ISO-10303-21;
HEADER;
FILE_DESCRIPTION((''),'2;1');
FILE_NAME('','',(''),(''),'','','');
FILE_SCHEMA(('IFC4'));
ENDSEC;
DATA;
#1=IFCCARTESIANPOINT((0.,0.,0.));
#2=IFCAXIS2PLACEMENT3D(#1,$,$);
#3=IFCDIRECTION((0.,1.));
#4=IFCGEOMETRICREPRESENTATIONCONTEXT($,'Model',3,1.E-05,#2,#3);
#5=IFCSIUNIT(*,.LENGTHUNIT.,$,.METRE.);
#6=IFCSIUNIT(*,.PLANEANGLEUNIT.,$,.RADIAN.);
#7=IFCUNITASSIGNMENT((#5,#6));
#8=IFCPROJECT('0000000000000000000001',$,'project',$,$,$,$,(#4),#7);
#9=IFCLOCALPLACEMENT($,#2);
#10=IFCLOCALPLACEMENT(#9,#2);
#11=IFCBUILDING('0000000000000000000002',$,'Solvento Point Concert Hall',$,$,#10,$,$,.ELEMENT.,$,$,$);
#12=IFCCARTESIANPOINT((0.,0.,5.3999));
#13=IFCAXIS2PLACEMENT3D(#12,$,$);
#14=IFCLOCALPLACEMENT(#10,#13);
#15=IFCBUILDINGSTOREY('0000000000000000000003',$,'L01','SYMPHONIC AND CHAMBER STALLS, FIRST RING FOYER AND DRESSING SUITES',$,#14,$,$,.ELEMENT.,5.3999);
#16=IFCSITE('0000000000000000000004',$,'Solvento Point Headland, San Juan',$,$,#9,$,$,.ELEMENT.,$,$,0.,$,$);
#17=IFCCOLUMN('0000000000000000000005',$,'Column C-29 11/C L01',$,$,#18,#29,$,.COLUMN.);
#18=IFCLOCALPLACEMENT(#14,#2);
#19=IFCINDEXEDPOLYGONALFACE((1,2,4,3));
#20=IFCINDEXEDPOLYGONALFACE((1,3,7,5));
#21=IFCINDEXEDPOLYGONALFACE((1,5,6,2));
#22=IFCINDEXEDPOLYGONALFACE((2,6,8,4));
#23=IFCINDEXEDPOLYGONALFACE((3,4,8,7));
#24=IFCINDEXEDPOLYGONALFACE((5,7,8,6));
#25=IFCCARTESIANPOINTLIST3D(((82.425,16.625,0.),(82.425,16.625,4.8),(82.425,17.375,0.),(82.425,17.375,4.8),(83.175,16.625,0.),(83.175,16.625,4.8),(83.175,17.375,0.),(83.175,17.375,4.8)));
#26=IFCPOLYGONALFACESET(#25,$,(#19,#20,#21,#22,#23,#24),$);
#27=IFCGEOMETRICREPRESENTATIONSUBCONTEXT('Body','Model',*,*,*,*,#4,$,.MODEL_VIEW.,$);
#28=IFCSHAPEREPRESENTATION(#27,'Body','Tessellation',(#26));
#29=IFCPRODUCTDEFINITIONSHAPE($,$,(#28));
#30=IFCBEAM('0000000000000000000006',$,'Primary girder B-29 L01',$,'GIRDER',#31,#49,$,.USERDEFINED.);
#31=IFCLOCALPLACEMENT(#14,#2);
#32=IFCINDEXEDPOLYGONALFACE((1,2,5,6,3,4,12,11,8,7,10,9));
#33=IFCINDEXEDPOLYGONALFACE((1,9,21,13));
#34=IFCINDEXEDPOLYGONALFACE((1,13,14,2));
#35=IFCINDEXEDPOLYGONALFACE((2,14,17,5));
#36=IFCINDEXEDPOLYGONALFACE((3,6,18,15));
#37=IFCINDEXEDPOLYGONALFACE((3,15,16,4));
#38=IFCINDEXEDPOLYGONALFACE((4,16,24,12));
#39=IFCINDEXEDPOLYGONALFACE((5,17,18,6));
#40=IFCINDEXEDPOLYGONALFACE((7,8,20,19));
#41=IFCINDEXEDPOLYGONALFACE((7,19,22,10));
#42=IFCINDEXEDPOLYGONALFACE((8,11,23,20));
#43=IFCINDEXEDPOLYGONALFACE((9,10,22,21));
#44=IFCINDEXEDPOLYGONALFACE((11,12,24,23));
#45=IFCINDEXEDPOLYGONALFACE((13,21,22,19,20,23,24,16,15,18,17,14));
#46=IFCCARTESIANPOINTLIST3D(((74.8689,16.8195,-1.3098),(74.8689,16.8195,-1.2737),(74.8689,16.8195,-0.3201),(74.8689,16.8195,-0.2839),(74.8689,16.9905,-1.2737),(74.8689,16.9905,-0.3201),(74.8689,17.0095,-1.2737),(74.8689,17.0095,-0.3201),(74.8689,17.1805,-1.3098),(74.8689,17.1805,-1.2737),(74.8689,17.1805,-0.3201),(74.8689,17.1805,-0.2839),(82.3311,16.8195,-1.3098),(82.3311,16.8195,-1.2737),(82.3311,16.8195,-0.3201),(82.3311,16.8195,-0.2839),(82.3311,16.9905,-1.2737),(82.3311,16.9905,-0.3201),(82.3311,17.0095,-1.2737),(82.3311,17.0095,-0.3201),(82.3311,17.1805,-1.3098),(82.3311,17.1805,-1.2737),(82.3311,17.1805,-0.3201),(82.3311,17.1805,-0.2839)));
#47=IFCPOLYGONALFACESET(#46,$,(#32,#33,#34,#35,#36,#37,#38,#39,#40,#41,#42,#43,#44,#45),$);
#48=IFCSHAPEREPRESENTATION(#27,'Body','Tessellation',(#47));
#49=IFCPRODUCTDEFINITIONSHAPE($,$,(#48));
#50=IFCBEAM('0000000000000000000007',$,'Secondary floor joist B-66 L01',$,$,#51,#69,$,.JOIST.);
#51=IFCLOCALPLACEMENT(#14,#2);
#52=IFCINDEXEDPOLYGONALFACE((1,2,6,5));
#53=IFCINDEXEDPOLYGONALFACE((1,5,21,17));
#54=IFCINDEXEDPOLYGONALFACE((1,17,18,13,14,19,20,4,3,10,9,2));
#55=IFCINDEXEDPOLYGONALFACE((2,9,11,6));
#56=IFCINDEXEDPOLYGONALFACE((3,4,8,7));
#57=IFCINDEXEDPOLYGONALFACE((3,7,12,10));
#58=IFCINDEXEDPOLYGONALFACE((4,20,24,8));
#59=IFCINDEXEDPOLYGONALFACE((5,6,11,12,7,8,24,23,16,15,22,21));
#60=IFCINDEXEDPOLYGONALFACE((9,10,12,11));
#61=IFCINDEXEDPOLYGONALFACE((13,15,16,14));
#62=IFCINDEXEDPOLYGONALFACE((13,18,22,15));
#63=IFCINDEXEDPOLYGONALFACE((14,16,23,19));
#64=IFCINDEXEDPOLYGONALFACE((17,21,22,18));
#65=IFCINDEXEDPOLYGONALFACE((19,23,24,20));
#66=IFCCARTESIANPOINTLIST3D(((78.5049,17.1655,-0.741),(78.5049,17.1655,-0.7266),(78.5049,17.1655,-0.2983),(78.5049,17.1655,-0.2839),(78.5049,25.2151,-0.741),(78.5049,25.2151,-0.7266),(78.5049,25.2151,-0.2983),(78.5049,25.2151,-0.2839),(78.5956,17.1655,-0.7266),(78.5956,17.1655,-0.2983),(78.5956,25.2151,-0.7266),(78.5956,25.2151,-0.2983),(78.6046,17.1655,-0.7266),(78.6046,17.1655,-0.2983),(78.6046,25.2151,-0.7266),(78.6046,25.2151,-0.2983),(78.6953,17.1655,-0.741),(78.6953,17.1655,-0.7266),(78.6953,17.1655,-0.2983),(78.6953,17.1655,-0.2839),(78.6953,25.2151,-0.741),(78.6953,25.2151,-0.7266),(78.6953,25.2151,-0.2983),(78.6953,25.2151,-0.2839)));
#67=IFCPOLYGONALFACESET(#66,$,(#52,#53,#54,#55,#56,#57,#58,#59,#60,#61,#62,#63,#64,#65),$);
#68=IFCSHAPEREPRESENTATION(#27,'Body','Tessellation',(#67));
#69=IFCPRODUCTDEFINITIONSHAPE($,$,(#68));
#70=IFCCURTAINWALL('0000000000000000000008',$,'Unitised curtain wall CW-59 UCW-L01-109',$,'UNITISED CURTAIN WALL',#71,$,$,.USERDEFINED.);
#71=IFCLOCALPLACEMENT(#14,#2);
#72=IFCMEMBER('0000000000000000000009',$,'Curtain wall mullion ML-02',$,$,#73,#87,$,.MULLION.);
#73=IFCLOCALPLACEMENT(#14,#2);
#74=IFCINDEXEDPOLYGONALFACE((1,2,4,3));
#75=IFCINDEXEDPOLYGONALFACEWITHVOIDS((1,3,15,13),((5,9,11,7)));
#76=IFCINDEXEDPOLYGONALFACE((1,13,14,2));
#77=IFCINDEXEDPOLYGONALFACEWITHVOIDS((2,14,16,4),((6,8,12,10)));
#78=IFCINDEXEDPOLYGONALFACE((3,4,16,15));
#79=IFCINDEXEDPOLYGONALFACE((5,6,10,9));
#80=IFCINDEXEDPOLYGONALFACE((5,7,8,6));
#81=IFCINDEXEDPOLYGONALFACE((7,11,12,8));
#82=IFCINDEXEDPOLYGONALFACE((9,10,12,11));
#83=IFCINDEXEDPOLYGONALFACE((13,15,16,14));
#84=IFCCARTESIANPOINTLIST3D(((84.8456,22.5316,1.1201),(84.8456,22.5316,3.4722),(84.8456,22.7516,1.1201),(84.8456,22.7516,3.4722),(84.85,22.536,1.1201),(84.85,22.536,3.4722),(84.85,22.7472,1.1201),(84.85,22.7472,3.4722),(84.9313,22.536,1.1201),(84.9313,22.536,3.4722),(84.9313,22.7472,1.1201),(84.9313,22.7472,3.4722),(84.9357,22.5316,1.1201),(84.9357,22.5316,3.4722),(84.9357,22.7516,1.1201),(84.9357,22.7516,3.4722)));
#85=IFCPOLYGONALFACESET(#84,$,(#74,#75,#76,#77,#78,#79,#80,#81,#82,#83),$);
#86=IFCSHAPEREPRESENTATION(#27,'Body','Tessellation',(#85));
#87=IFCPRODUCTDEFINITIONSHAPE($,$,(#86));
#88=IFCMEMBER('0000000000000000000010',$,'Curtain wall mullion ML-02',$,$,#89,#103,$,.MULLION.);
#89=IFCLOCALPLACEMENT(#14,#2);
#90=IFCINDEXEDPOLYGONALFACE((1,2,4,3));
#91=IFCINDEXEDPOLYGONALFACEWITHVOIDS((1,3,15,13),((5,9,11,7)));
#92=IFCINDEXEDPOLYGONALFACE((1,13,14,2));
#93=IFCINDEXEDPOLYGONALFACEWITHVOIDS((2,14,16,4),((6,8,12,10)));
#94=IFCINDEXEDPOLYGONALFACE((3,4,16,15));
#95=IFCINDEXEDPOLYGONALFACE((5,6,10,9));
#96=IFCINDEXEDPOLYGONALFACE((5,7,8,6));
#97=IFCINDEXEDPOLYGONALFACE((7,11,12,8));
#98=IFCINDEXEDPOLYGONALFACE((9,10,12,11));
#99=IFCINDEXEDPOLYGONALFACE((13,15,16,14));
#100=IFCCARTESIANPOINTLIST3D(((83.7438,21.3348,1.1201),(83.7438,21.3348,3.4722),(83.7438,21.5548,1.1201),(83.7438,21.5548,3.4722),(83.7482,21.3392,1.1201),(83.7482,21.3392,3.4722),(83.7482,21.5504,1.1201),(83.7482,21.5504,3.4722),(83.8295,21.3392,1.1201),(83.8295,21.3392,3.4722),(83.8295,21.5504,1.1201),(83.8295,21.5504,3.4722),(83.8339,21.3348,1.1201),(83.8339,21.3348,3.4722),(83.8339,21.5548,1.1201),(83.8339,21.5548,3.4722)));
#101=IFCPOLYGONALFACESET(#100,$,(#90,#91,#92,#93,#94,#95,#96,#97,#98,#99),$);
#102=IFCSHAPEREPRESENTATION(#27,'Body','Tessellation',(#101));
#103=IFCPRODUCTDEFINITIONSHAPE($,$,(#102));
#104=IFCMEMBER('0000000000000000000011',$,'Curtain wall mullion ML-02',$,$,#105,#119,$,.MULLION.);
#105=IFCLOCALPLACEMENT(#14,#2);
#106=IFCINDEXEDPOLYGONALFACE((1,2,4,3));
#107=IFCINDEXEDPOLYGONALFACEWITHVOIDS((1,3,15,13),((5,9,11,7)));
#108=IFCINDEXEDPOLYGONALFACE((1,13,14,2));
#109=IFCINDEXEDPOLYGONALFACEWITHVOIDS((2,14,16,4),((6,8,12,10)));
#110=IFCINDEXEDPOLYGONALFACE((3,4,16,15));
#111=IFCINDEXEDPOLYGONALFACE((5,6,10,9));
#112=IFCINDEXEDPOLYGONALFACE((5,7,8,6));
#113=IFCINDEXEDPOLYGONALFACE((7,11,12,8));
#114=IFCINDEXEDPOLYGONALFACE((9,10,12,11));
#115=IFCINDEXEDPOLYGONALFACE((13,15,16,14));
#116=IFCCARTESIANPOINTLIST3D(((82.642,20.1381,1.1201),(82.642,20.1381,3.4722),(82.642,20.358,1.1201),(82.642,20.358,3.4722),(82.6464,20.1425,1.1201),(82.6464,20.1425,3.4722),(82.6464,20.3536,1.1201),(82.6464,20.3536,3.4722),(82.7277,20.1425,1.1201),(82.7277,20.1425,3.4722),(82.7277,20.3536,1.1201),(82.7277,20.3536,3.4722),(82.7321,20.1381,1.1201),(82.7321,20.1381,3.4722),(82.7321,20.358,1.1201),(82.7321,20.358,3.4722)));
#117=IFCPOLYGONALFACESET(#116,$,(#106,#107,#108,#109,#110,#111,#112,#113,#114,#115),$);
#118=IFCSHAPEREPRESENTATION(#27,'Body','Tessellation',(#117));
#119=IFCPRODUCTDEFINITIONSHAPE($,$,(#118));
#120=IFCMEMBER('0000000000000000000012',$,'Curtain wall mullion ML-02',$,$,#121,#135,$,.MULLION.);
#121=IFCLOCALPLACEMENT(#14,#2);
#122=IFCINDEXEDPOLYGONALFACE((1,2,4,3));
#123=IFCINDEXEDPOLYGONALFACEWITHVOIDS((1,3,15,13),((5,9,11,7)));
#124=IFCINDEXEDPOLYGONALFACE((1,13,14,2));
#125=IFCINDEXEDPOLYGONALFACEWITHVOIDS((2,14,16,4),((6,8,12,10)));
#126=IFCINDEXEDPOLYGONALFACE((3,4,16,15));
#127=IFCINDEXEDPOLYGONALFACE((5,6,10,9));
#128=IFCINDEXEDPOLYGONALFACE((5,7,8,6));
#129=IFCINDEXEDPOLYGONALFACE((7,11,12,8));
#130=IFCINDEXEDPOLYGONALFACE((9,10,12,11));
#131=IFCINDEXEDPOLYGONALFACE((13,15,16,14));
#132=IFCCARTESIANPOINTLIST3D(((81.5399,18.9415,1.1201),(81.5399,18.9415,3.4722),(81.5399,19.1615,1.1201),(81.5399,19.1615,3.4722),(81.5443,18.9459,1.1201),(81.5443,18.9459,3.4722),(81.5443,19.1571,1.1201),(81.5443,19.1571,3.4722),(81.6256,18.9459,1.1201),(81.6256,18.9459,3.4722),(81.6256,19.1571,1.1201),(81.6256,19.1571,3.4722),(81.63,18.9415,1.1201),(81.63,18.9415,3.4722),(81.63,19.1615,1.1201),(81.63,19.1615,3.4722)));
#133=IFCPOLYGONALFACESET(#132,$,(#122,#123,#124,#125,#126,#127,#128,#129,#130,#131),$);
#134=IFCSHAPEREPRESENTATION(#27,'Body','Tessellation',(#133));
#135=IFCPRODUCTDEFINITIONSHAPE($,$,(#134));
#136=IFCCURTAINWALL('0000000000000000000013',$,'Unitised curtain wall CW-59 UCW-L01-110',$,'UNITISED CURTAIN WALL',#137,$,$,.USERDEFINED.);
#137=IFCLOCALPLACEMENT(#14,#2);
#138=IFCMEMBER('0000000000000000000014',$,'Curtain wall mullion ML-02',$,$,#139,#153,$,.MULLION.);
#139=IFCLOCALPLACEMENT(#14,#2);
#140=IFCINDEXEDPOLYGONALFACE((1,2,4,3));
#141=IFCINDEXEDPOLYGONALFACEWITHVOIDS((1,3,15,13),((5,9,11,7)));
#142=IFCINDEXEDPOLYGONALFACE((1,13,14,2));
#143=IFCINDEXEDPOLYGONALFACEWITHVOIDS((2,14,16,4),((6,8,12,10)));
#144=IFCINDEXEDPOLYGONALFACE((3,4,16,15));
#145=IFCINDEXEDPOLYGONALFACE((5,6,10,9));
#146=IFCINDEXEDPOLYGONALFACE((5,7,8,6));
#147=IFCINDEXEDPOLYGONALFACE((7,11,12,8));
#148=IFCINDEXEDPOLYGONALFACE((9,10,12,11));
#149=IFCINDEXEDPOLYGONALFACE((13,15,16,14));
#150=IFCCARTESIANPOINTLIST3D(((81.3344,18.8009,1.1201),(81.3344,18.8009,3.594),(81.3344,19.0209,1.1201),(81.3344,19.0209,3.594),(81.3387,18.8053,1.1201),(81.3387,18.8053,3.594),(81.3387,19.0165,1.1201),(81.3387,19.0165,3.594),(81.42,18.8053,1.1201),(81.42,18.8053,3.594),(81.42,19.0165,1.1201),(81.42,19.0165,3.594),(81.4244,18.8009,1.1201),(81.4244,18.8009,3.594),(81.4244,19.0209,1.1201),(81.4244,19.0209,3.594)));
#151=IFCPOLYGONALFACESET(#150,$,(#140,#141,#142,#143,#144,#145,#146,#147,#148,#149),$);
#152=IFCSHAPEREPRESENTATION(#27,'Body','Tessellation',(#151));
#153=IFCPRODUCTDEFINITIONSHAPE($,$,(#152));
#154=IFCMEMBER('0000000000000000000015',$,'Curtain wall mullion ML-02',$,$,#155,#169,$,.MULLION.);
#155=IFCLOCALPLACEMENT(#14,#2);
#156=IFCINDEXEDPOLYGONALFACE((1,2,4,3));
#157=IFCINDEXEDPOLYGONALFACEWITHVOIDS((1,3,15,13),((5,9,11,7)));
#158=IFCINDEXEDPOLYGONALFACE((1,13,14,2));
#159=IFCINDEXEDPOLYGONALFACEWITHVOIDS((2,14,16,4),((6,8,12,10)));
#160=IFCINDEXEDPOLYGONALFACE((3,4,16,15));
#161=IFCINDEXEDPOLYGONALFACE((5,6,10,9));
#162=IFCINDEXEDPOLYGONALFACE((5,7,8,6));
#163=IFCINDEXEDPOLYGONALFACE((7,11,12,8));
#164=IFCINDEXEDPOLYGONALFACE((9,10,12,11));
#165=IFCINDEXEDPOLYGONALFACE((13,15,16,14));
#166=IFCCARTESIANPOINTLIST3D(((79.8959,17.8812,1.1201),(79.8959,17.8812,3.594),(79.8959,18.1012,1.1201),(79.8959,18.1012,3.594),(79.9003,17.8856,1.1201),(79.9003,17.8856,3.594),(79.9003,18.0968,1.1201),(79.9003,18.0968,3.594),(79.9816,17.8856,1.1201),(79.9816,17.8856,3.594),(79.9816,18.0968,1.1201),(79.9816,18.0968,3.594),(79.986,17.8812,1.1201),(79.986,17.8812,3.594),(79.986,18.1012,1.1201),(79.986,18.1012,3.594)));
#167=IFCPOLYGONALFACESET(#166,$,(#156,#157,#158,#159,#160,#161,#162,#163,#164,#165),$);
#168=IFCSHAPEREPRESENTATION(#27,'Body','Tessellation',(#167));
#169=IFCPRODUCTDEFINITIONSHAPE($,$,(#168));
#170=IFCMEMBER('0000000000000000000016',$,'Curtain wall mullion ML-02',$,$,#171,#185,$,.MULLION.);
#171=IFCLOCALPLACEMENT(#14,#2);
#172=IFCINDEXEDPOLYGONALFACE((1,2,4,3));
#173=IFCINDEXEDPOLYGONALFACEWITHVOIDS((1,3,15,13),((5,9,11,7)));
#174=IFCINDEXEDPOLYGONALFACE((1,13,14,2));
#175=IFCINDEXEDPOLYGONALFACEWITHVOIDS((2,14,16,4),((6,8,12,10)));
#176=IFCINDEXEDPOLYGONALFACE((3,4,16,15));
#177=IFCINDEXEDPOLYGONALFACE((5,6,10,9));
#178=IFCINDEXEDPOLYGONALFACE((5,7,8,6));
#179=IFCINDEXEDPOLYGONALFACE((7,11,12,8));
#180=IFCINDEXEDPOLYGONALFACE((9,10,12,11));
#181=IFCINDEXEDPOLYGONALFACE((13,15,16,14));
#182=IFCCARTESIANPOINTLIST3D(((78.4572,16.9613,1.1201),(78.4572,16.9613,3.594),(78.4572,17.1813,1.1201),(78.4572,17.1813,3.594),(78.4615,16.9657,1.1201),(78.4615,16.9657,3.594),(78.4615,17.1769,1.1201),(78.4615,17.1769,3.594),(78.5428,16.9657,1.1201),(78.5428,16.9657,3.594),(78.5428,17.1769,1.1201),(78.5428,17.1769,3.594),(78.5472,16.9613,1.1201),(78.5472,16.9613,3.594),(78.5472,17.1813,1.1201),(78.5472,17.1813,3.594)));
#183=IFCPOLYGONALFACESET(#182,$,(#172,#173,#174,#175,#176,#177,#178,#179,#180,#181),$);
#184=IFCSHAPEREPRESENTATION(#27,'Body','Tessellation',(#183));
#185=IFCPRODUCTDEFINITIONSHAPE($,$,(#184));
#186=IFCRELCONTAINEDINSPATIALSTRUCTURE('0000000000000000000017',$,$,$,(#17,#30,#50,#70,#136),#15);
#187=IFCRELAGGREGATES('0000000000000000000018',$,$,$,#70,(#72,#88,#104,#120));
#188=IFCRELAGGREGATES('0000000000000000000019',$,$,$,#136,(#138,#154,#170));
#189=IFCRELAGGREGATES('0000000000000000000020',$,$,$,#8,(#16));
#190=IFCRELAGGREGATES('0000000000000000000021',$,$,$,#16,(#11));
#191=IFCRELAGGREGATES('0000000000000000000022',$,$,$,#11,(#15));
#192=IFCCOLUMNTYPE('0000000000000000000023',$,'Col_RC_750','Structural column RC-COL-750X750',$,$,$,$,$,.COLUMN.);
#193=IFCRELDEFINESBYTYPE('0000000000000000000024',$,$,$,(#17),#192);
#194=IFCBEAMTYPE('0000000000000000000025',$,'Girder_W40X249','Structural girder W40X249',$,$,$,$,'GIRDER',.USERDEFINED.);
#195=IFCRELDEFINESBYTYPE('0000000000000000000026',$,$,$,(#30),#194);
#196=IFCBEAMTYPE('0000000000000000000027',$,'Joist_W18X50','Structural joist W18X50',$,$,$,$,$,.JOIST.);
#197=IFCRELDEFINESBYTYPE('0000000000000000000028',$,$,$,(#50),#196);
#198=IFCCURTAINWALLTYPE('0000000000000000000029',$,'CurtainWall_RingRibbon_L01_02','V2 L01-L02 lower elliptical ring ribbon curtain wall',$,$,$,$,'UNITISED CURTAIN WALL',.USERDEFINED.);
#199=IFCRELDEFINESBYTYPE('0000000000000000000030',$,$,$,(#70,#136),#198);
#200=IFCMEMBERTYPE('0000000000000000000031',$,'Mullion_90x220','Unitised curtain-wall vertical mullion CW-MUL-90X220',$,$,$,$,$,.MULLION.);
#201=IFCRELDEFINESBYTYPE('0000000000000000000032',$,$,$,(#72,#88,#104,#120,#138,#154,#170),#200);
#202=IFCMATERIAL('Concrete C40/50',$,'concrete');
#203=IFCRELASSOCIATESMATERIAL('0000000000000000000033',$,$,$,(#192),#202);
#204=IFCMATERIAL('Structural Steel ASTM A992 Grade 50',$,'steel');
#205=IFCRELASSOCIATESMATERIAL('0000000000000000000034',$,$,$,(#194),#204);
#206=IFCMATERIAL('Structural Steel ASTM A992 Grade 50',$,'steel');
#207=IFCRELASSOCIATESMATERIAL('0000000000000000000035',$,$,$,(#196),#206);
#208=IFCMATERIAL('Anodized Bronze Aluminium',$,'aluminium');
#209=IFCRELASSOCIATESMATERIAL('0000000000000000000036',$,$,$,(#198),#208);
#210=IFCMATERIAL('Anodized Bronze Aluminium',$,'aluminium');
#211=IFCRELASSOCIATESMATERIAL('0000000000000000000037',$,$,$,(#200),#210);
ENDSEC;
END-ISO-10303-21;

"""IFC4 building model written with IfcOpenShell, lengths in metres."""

from ifc_helpers import new_model, si_unit, direction, frame, origin, origin_2d, place, context, subcontext, project, spatial, rectangle, hollow_rectangle, i_section, extrude, material, material_profile, profile_set, type_object, element, aggregate, save


model = new_model("IFC4")

# Units and contexts
model_context = context("Model", 3, precision=1e-05, world=origin(), true_north=direction((0.0, 1.0)))
body_context = subcontext(model_context, "Body", "Model", "MODEL_VIEW")
ifc_project = project(units=[si_unit("LENGTHUNIT", "METRE"), si_unit("PLANEANGLEUNIT", "RADIAN")], contexts=[model_context])

# Site, building, storey
site_placement = place(None, origin())
site = spatial("IfcSite", under=ifc_project, at=site_placement, Name="Solvento Point Headland, San Juan", CompositionType="ELEMENT", RefElevation=0.0)
building_placement = place(site_placement, origin())
building = spatial("IfcBuilding", under=site, at=building_placement, Name="Solvento Point Concert Hall", CompositionType="ELEMENT")
storey_placement = place(building_placement, frame((0.0, 0.0, 5.3999)))
storey = spatial("IfcBuildingStorey", under=building, at=storey_placement, Name="L01", Description="SYMPHONIC AND CHAMBER STALLS, FIRST RING FOYER AND DRESSING SUITES", CompositionType="ELEMENT", Elevation=5.3999)

# Column
ifc_material_1 = material(Name="Concrete C40/50", Category="concrete")
ifc_material_profile_1 = material_profile(ifc_material_1, rectangle(XDim=0.75, YDim=0.75, at=origin_2d()), Name="RC-COL-750X750")
ifc_profile_set_1 = profile_set([ifc_material_profile_1], Name="Concrete C40/50")
column_type = type_object("IfcColumnType", Name="Col_RC_750", Description="Structural column RC-COL-750X750", PredefinedType="COLUMN", material=ifc_profile_set_1)
column_placement = place(storey_placement, frame((82.8, 17.0, 0.0), z_axis=(0.0, 0.0, 1.0), x_axis=(1.0, 0.0, 0.0)))
element("IfcColumn", 1, at=column_placement, inside=storey, type_object=column_type, Name="Column C-29 11/C L01", PredefinedType="COLUMN", context=body_context, shape_type="SweptSolid", body=[
    extrude(rectangle(XDim=0.75, YDim=0.75, at=origin_2d()), origin(), (0.0, 0.0, 1.0), 4.8),
])

# Beams
ifc_material_2 = material(Name="Structural Steel ASTM A992 Grade 50", Category="steel")
ifc_material_profile_2 = material_profile(ifc_material_2, i_section(OverallWidth=0.3611, OverallDepth=1.0259, WebThickness=0.019, FlangeThickness=0.0361, at=origin_2d()), Name="W40X249")
ifc_profile_set_2 = profile_set([ifc_material_profile_2], Name="Structural Steel ASTM A992 Grade 50")
beam_type_1 = type_object("IfcBeamType", Name="Girder_W40X249", Description="Structural girder W40X249", ElementType="GIRDER", PredefinedType="USERDEFINED", material=ifc_profile_set_2)
beam_1_placement = place(storey_placement, frame((74.8689, 17.0, -0.7969), z_axis=(1.0, 0.0, 0.0), x_axis=(0.0, 1.0, 0.0)))
element("IfcBeam", 2, at=beam_1_placement, inside=storey, type_object=beam_type_1, Name="Primary girder B-29 L01", ObjectType="GIRDER", PredefinedType="USERDEFINED", context=body_context, shape_type="SweptSolid", body=[
    extrude(i_section(OverallWidth=0.3611, OverallDepth=1.0259, WebThickness=0.019, FlangeThickness=0.0361, at=origin_2d()), origin(), (0.0, 0.0, 1.0), 7.4622),
])
ifc_material_3 = material(Name="Structural Steel ASTM A992 Grade 50", Category="steel")
ifc_material_profile_3 = material_profile(ifc_material_3, i_section(OverallWidth=0.1904, OverallDepth=0.457, WebThickness=0.009, FlangeThickness=0.0144, at=origin_2d()), Name="W18X50")
ifc_profile_set_3 = profile_set([ifc_material_profile_3], Name="Structural Steel ASTM A992 Grade 50")
beam_type_2 = type_object("IfcBeamType", Name="Joist_W18X50", Description="Structural joist W18X50", PredefinedType="JOIST", material=ifc_profile_set_3)
beam_2_placement = place(storey_placement, frame((78.6001, 17.1655, -0.5125), z_axis=(0.0, 1.0, 0.0), x_axis=(-1.0, 0.0, 0.0)))
element("IfcBeam", 3, at=beam_2_placement, inside=storey, type_object=beam_type_2, Name="Secondary floor joist B-66 L01", PredefinedType="JOIST", context=body_context, shape_type="SweptSolid", body=[
    extrude(i_section(OverallWidth=0.1904, OverallDepth=0.457, WebThickness=0.009, FlangeThickness=0.0144, at=origin_2d()), origin(), (0.0, 0.0, 1.0), 8.0496),
])

# Curtain walls, members
ifc_material_4 = material(Name="Anodized Bronze Aluminium", Category="aluminium")
curtain_wall_type = type_object("IfcCurtainWallType", Name="CurtainWall_RingRibbon_L01_02", Description="V2 L01-L02 lower elliptical ring ribbon curtain wall", ElementType="UNITISED CURTAIN WALL", PredefinedType="USERDEFINED", material=ifc_material_4)
curtain_wall_1_placement = place(storey_placement, origin())
curtain_wall_1 = element("IfcCurtainWall", 4, at=curtain_wall_1_placement, inside=storey, type_object=curtain_wall_type, Name="Unitised curtain wall CW-59 UCW-L01-109", ObjectType="UNITISED CURTAIN WALL", PredefinedType="USERDEFINED")
ifc_material_5 = material(Name="Anodized Bronze Aluminium", Category="aluminium")
ifc_material_profile_4 = material_profile(ifc_material_5, hollow_rectangle(XDim=0.0901, YDim=0.22, WallThickness=0.0044, at=origin_2d()), Name="CW-MUL-90X220")
ifc_profile_set_4 = profile_set([ifc_material_profile_4], Name="Anodized Bronze Aluminium")
member_type_1 = type_object("IfcMemberType", Name="Mullion_90x220", Description="Unitised curtain-wall vertical mullion CW-MUL-90X220", PredefinedType="MULLION", material=ifc_profile_set_4)
member_1_placement = place(storey_placement, frame((84.8906, 22.6416, 1.1201), z_axis=(0.0, 0.0, 1.0), x_axis=(1.0, 0.0, 0.0)))
member_1 = element("IfcMember", 5, at=member_1_placement, type_object=member_type_1, Name="Curtain wall mullion ML-02", PredefinedType="MULLION", context=body_context, shape_type="SweptSolid", body=[
    extrude(hollow_rectangle(XDim=0.0901, YDim=0.22, WallThickness=0.0044, at=origin_2d()), origin(), (0.0, 0.0, 1.0), 2.3521),
])
member_2_placement = place(storey_placement, frame((83.7888, 21.4448, 1.1201), z_axis=(0.0, 0.0, 1.0), x_axis=(1.0, 0.0, 0.0)))
member_2 = element("IfcMember", 6, at=member_2_placement, type_object=member_type_1, Name="Curtain wall mullion ML-02", PredefinedType="MULLION", context=body_context, shape_type="SweptSolid", body=[
    extrude(hollow_rectangle(XDim=0.0901, YDim=0.22, WallThickness=0.0044, at=origin_2d()), origin(), (0.0, 0.0, 1.0), 2.3521),
])
member_3_placement = place(storey_placement, frame((82.687, 20.248, 1.1201), z_axis=(0.0, 0.0, 1.0), x_axis=(1.0, 0.0, 0.0)))
member_3 = element("IfcMember", 7, at=member_3_placement, type_object=member_type_1, Name="Curtain wall mullion ML-02", PredefinedType="MULLION", context=body_context, shape_type="SweptSolid", body=[
    extrude(hollow_rectangle(XDim=0.0901, YDim=0.22, WallThickness=0.0044, at=origin_2d()), origin(), (0.0, 0.0, 1.0), 2.3521),
])
member_4_placement = place(storey_placement, frame((81.585, 19.0515, 1.1201), z_axis=(0.0, 0.0, 1.0), x_axis=(1.0, 0.0, 0.0)))
member_4 = element("IfcMember", 8, at=member_4_placement, type_object=member_type_1, Name="Curtain wall mullion ML-02", PredefinedType="MULLION", context=body_context, shape_type="SweptSolid", body=[
    extrude(hollow_rectangle(XDim=0.0901, YDim=0.22, WallThickness=0.0044, at=origin_2d()), origin(), (0.0, 0.0, 1.0), 2.3521),
])
curtain_wall_2_placement = place(storey_placement, origin())
curtain_wall_2 = element("IfcCurtainWall", 9, at=curtain_wall_2_placement, inside=storey, type_object=curtain_wall_type, Name="Unitised curtain wall CW-59 UCW-L01-110", ObjectType="UNITISED CURTAIN WALL", PredefinedType="USERDEFINED")
member_5_placement = place(storey_placement, frame((81.3794, 18.9109, 1.1201), z_axis=(0.0, 0.0, 1.0), x_axis=(1.0, 0.0, 0.0)))
member_5 = element("IfcMember", 10, at=member_5_placement, type_object=member_type_1, Name="Curtain wall mullion ML-02", PredefinedType="MULLION", context=body_context, shape_type="SweptSolid", body=[
    extrude(hollow_rectangle(XDim=0.0901, YDim=0.22, WallThickness=0.0044, at=origin_2d()), origin(), (0.0, 0.0, 1.0), 2.4739),
])
member_6_placement = place(storey_placement, frame((79.9409, 17.9912, 1.1201), z_axis=(0.0, 0.0, 1.0), x_axis=(1.0, 0.0, 0.0)))
member_6 = element("IfcMember", 11, at=member_6_placement, type_object=member_type_1, Name="Curtain wall mullion ML-02", PredefinedType="MULLION", context=body_context, shape_type="SweptSolid", body=[
    extrude(hollow_rectangle(XDim=0.0901, YDim=0.22, WallThickness=0.0044, at=origin_2d()), origin(), (0.0, 0.0, 1.0), 2.4739),
])
member_7_placement = place(storey_placement, frame((78.5022, 17.0713, 1.1201), z_axis=(0.0, 0.0, 1.0), x_axis=(1.0, 0.0, 0.0)))
member_7 = element("IfcMember", 12, at=member_7_placement, type_object=member_type_1, Name="Curtain wall mullion ML-02", PredefinedType="MULLION", context=body_context, shape_type="SweptSolid", body=[
    extrude(hollow_rectangle(XDim=0.0901, YDim=0.22, WallThickness=0.0044, at=origin_2d()), origin(), (0.0, 0.0, 1.0), 2.4739),
])

aggregate(curtain_wall_1, [member_1, member_2, member_3, member_4])
aggregate(curtain_wall_2, [member_5, member_6, member_7])

save(model, "model.ifc")
